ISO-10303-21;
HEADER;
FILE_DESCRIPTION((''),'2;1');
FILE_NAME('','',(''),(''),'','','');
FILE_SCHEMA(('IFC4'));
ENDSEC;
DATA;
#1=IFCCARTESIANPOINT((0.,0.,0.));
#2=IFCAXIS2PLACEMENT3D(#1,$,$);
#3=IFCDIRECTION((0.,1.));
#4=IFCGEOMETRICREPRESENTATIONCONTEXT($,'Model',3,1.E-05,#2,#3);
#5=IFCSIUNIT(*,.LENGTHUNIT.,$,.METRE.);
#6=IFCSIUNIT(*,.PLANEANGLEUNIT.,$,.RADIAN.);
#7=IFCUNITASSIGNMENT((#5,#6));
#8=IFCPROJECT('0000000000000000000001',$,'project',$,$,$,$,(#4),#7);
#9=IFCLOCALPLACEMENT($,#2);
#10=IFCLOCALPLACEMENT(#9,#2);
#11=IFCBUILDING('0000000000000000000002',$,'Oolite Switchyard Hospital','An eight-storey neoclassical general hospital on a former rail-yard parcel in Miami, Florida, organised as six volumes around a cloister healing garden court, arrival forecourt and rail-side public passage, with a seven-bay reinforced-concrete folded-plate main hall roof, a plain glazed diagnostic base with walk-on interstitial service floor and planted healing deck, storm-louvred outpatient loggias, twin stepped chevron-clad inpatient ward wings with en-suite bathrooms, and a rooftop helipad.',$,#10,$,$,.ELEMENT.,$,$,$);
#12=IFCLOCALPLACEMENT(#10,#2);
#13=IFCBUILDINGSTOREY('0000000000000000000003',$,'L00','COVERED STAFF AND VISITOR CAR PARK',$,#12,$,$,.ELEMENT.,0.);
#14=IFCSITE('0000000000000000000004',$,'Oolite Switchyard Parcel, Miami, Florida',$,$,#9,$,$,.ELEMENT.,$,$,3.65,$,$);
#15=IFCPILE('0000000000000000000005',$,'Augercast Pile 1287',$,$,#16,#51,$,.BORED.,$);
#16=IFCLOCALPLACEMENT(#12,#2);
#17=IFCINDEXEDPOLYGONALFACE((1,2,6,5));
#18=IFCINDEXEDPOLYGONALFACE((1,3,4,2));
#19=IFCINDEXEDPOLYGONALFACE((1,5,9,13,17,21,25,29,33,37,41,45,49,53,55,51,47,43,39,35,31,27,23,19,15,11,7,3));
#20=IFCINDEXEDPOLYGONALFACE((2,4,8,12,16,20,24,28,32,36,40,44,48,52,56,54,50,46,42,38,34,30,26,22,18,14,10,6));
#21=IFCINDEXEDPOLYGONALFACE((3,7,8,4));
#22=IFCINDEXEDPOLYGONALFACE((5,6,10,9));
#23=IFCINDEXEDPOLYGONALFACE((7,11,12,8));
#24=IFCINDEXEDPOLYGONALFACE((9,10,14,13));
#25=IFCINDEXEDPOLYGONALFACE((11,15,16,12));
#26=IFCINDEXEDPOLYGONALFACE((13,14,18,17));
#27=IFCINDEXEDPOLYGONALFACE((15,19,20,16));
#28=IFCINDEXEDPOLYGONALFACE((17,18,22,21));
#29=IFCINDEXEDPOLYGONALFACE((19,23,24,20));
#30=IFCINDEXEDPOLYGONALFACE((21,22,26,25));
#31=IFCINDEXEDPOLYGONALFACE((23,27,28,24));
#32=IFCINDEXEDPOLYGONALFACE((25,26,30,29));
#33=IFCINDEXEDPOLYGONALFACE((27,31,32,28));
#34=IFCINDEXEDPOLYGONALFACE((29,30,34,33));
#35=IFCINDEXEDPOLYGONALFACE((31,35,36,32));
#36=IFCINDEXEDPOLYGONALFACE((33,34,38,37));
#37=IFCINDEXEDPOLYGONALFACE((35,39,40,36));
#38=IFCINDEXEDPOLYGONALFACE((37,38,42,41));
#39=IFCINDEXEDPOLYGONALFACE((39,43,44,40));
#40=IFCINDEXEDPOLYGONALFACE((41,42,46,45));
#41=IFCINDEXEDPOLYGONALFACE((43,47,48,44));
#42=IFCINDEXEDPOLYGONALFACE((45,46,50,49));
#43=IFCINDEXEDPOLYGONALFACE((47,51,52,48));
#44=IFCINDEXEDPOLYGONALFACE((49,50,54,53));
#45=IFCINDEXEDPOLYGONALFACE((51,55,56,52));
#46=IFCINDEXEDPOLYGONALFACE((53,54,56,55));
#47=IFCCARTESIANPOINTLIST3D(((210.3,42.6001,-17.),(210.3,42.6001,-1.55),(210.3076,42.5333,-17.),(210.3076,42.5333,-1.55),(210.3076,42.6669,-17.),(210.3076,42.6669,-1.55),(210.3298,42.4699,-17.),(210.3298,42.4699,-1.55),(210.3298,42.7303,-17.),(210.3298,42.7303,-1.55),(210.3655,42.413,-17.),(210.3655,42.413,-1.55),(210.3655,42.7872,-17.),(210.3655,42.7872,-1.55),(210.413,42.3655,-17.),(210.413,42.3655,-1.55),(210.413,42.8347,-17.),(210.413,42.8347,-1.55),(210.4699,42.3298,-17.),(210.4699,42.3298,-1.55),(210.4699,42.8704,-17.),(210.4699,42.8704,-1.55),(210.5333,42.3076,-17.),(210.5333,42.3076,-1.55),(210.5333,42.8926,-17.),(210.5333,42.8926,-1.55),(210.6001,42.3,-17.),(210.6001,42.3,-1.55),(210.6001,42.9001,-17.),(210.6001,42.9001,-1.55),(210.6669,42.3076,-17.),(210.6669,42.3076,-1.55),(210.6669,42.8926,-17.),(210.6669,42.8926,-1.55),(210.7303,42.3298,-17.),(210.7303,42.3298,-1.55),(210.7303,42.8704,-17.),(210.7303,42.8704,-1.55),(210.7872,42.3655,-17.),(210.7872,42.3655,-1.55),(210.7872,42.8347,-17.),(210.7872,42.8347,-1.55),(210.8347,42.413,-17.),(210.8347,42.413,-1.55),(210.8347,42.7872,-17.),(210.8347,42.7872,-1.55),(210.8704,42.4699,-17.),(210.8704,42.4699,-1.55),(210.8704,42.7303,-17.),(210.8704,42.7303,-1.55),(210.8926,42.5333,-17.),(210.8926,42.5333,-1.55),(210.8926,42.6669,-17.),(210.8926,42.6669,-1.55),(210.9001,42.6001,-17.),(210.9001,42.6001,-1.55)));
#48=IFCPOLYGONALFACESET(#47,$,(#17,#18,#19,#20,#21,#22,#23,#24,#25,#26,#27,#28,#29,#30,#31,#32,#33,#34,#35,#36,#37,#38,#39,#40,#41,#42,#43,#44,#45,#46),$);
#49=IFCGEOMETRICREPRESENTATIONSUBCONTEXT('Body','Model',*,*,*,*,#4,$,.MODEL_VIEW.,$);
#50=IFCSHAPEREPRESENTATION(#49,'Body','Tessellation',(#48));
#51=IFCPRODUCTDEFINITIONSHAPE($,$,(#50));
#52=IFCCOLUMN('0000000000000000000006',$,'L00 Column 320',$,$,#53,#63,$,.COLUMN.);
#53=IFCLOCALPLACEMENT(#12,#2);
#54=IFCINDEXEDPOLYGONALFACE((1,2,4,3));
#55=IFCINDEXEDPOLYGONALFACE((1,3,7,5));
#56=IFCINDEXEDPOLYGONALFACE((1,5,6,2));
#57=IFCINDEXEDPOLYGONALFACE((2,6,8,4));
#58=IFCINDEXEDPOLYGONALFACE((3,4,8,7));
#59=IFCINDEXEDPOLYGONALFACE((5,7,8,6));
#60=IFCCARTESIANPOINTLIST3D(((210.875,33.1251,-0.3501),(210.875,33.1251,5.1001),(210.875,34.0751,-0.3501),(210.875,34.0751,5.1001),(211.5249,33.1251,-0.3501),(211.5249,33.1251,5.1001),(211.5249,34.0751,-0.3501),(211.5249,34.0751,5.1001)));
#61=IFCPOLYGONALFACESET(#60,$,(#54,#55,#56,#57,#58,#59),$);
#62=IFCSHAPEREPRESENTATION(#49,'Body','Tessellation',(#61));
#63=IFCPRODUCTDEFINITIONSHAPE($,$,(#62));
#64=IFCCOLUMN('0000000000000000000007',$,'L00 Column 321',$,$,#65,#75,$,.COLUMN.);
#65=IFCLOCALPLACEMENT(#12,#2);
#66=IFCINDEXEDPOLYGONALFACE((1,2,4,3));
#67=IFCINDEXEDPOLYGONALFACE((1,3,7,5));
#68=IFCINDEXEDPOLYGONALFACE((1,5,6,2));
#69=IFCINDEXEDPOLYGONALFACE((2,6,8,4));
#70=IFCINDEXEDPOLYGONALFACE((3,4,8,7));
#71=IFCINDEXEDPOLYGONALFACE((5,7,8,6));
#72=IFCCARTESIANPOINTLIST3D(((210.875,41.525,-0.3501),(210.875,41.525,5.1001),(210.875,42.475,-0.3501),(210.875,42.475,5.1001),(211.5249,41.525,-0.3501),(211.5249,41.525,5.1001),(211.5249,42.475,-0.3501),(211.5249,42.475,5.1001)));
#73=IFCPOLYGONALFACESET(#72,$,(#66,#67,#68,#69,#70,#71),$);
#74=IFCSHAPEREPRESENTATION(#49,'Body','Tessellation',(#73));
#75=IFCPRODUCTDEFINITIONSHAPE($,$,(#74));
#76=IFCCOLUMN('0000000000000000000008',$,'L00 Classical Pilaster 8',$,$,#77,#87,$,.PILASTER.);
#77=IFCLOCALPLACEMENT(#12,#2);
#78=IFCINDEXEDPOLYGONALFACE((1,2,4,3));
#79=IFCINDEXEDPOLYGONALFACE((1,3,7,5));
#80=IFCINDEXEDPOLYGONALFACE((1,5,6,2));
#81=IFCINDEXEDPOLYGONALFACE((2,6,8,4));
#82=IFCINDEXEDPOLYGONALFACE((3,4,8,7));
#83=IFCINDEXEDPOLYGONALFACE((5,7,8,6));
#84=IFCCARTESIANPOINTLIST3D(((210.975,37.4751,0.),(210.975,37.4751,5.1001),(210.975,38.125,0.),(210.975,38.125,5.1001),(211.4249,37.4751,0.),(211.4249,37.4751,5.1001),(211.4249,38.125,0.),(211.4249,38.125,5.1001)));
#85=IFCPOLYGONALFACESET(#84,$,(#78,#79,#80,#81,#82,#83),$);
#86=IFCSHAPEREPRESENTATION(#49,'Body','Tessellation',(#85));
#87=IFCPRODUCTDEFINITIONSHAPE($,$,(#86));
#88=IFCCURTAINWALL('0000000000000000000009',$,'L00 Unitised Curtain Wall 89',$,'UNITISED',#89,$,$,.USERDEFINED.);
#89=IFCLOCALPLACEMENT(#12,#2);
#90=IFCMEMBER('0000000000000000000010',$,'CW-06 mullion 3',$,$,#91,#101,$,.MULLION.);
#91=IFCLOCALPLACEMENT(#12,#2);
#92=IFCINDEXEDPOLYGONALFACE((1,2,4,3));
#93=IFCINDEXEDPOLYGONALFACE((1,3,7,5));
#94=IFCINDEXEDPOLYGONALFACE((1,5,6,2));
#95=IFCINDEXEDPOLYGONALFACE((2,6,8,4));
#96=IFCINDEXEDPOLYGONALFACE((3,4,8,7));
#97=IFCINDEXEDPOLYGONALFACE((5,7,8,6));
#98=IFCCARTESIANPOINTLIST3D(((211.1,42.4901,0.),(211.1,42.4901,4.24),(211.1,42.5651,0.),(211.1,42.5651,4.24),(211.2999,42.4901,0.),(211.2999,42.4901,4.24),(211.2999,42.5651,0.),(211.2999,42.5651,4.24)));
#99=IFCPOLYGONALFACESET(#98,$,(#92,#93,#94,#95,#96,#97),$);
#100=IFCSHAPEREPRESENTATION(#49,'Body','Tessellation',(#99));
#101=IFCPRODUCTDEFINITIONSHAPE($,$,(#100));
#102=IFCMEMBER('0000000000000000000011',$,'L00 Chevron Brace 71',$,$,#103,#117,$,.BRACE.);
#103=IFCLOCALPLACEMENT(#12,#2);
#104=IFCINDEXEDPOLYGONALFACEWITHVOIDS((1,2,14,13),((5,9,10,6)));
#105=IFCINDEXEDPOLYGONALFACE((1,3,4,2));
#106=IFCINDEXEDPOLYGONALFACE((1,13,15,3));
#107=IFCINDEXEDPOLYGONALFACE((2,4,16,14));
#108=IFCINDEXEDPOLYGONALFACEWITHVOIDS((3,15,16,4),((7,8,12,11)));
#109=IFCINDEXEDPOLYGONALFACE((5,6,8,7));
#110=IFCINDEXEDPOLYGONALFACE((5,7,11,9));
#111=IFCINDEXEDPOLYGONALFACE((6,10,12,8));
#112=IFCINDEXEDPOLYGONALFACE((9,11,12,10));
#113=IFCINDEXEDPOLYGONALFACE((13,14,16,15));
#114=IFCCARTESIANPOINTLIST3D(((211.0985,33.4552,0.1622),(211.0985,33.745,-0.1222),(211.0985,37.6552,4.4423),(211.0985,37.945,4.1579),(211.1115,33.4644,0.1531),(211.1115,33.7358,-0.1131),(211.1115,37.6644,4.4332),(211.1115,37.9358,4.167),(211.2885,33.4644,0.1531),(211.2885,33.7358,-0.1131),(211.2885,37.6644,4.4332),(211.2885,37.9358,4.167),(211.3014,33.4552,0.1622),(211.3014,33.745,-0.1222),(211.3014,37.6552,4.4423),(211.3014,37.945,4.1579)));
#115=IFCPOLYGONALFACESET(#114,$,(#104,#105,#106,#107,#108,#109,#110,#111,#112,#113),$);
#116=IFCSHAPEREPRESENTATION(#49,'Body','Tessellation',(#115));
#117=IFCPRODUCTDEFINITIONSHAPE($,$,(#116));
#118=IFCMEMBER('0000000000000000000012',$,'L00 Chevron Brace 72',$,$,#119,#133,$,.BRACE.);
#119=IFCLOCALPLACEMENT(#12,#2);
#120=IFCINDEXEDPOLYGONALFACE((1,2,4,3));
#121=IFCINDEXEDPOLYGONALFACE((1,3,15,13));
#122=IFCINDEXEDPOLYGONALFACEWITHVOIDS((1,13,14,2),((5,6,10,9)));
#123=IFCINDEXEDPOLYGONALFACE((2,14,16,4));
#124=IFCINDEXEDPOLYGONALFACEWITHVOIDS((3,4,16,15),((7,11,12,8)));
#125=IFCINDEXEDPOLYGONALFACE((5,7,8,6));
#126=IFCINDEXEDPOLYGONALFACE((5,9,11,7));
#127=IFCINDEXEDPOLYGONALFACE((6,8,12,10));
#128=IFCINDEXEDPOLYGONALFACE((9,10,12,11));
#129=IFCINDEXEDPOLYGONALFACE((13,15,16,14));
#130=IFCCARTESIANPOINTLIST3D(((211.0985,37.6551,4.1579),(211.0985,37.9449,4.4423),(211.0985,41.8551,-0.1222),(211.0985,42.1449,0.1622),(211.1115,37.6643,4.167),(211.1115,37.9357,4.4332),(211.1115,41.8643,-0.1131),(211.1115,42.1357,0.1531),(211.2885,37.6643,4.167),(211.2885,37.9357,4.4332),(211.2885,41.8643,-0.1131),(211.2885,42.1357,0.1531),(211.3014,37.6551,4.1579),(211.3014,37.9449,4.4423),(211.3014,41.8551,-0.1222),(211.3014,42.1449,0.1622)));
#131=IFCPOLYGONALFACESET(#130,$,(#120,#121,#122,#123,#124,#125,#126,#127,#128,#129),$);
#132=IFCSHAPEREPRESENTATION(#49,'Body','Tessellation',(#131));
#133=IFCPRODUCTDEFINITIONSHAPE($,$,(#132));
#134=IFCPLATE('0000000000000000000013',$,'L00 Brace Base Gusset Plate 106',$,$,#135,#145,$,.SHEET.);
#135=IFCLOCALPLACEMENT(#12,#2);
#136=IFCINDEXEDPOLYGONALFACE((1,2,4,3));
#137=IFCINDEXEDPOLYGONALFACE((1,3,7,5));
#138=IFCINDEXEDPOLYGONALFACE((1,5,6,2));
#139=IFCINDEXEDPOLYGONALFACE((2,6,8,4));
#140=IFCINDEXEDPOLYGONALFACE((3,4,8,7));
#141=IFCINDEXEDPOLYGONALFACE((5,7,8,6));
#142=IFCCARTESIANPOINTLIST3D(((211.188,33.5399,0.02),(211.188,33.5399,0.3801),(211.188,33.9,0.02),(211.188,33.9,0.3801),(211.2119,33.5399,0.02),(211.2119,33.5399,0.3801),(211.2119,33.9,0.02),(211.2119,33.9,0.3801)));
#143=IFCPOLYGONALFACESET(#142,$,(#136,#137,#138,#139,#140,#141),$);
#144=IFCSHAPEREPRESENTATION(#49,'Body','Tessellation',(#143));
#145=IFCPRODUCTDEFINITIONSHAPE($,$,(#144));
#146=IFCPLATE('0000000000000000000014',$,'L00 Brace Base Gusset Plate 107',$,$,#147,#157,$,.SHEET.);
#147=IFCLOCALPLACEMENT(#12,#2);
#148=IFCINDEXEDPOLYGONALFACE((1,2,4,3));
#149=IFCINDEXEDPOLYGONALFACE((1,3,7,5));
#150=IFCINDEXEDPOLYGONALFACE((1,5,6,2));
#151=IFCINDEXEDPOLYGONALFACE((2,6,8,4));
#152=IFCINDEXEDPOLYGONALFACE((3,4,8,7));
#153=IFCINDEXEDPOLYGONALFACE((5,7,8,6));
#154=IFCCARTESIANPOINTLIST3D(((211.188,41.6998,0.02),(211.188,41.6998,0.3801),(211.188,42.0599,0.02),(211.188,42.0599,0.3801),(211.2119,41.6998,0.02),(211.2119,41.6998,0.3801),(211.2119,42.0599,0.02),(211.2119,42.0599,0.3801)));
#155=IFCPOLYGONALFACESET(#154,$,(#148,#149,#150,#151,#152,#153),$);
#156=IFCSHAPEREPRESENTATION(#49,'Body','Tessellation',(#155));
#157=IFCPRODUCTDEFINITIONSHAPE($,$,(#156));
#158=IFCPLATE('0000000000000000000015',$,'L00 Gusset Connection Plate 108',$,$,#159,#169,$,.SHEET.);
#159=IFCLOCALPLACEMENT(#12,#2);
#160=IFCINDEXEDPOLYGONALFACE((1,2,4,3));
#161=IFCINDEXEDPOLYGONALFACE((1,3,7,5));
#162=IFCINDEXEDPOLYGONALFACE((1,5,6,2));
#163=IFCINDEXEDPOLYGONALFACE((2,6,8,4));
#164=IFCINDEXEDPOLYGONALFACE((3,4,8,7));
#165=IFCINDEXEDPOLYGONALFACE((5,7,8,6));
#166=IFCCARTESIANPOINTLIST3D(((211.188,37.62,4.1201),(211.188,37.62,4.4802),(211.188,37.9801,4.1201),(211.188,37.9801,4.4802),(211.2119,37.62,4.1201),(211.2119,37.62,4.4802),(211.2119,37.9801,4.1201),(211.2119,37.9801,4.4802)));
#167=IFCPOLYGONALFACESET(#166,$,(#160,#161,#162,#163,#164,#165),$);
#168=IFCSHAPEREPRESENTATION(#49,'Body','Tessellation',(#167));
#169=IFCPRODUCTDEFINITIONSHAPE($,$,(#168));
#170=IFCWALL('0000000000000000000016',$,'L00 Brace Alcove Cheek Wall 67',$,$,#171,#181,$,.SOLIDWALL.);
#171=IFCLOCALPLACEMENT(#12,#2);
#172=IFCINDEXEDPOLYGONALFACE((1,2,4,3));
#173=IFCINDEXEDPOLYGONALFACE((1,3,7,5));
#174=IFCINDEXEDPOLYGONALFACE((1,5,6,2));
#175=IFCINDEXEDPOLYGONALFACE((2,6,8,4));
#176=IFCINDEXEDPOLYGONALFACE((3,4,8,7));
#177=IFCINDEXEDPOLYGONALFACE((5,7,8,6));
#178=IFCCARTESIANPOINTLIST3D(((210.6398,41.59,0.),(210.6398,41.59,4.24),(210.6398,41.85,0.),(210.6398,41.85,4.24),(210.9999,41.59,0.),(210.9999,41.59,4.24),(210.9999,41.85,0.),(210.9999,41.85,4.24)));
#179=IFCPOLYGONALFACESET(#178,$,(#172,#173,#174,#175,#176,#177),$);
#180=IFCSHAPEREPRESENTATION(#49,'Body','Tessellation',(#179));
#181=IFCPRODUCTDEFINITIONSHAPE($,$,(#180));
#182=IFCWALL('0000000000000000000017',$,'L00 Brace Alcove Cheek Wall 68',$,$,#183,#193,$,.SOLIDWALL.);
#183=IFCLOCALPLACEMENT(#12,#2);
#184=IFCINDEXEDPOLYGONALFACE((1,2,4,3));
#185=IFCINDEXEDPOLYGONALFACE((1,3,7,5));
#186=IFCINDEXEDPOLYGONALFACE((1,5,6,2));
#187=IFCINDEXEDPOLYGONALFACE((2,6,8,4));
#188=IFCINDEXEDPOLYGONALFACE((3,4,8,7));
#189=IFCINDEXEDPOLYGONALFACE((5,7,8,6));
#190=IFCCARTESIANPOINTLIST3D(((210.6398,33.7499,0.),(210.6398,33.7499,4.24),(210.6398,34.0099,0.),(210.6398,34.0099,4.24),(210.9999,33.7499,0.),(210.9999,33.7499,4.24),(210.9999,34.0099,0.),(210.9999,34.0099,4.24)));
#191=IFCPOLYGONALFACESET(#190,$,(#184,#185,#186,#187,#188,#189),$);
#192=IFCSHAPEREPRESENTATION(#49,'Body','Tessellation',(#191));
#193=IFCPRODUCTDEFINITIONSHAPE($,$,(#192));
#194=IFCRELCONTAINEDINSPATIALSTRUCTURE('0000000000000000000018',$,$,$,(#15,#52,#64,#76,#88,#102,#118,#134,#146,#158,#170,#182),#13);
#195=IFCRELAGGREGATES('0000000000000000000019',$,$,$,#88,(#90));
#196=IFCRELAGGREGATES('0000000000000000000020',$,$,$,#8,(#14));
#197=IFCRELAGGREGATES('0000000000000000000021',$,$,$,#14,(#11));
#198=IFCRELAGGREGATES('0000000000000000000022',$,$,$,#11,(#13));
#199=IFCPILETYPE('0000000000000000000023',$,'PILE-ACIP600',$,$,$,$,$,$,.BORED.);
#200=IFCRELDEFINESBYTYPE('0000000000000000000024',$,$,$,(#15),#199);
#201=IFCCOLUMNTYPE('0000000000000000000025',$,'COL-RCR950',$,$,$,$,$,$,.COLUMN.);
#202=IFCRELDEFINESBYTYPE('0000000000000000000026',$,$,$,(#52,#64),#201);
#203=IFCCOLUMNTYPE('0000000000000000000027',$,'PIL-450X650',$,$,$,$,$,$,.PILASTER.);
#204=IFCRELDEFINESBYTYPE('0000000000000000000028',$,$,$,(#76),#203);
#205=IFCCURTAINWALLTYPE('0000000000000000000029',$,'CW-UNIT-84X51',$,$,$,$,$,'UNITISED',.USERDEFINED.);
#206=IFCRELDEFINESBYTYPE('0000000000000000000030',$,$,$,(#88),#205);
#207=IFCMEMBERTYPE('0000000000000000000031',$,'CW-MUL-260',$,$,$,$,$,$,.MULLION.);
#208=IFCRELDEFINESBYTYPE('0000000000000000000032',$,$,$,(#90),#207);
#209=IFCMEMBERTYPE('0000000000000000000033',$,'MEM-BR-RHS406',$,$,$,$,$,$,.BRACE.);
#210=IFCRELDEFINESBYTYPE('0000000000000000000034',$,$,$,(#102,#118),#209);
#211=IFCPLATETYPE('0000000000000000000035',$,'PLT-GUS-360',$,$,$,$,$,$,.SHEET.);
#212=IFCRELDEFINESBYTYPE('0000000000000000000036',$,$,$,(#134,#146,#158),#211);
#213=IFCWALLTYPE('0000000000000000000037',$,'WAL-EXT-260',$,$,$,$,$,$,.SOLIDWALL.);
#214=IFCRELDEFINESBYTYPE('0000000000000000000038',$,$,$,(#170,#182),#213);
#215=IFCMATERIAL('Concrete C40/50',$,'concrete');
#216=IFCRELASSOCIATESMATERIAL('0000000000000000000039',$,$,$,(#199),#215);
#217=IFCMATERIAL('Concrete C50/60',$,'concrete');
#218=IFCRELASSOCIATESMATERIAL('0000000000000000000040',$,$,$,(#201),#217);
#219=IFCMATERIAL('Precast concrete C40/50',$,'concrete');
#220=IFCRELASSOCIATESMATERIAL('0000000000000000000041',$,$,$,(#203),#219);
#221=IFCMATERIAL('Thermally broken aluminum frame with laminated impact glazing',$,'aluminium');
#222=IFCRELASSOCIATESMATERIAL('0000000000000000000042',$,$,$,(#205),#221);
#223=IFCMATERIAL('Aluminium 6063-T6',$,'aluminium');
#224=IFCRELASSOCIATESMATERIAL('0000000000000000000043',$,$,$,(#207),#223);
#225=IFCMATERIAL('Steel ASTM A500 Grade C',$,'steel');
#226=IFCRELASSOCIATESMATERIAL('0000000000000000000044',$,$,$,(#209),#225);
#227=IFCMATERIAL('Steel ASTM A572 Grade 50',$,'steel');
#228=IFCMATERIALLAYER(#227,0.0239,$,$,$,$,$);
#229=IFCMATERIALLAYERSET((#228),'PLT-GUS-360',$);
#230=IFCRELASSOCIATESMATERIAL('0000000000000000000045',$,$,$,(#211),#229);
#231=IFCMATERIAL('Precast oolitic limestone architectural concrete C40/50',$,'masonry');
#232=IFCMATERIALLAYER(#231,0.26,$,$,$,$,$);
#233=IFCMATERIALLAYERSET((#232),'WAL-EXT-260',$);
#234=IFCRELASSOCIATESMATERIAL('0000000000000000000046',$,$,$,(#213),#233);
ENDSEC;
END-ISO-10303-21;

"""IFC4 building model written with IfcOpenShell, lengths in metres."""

from ifc_helpers import new_model, si_unit, direction, frame, frame_2d, origin, origin_2d, place, context, subcontext, project, spatial, rectangle, hollow_rectangle, circle, extrude, material, layer, layer_set, material_profile, profile_set, type_object, element, aggregate, save


model = new_model("IFC4")

# Units and contexts
model_context = context("Model", 3, precision=1e-05, world=origin(), true_north=direction((0.0, 1.0)))
body_context = subcontext(model_context, "Body", "Model", "MODEL_VIEW")
ifc_project = project(units=[si_unit("LENGTHUNIT", "METRE"), si_unit("PLANEANGLEUNIT", "RADIAN")], contexts=[model_context])

# Site, building, storey
site_placement = place(None, origin())
site = spatial("IfcSite", under=ifc_project, at=site_placement, Name="Oolite Switchyard Parcel, Miami, Florida", CompositionType="ELEMENT", RefElevation=3.65)
building_placement = place(site_placement, origin())
building = spatial("IfcBuilding", under=site, at=building_placement, Name="Oolite Switchyard Hospital", Description="An eight-storey neoclassical general hospital on a former rail-yard parcel in Miami, Florida, organised as six volumes around a cloister healing garden court, arrival forecourt and rail-side public passage, with a seven-bay reinforced-concrete folded-plate main hall roof, a plain glazed diagnostic base with walk-on interstitial service floor and planted healing deck, storm-louvred outpatient loggias, twin stepped chevron-clad inpatient ward wings with en-suite bathrooms, and a rooftop helipad.", CompositionType="ELEMENT")
storey_placement = place(building_placement, origin())
storey = spatial("IfcBuildingStorey", under=building, at=storey_placement, Name="L00", Description="COVERED STAFF AND VISITOR CAR PARK", CompositionType="ELEMENT", Elevation=0.0)

# Shared definitions
ifc_material_1 = material(Name="Concrete C40/50", Category="concrete")

# Pile
ifc_material_profile_1 = material_profile(ifc_material_1, circle(Radius=0.3, at=origin_2d()), Name="PILE600")
ifc_profile_set_1 = profile_set([ifc_material_profile_1], Name="Concrete C40/50")
pile_type = type_object("IfcPileType", Name="PILE-ACIP600", PredefinedType="BORED", material=ifc_profile_set_1)
for number, where, z_axis, x_axis, name in (
    (1, (210.6001, 42.6001, -1.55), (0.0, 0.0, -1.0), (1.0, 0.0, 0.0), "Augercast Pile 1287"),
):
    element("IfcPile", number, at=place(storey_placement, frame(where, z_axis=z_axis, x_axis=x_axis)), inside=storey, type_object=pile_type, Name=name, PredefinedType="BORED", context=body_context, shape_type="SweptSolid", body=[
        extrude(circle(Radius=0.3, at=origin_2d()), origin(), (0.0, 0.0, 1.0), 15.45),
    ])

# Columns
ifc_material_2 = material(Name="Concrete C50/60", Category="concrete")
ifc_material_profile_2 = material_profile(ifc_material_2, rectangle(XDim=0.95, YDim=0.6499, at=origin_2d()), Name="RC950X650")
ifc_profile_set_2 = profile_set([ifc_material_profile_2], Name="Concrete C50/60")
column_type_1 = type_object("IfcColumnType", Name="COL-RCR950", PredefinedType="COLUMN", material=ifc_profile_set_2)
for number, where, z_axis, x_axis, name in (
    (2, (211.2, 33.6001, -0.3501), (0.0, 0.0, 1.0), (0.0, 1.0, 0.0), "L00 Column 320"),
    (3, (211.2, 42.0, -0.3501), (0.0, 0.0, 1.0), (0.0, 1.0, 0.0), "L00 Column 321"),
):
    element("IfcColumn", number, at=place(storey_placement, frame(where, z_axis=z_axis, x_axis=x_axis)), inside=storey, type_object=column_type_1, Name=name, PredefinedType="COLUMN", context=body_context, shape_type="SweptSolid", body=[
        extrude(rectangle(XDim=0.95, YDim=0.6499, at=origin_2d()), origin(), (0.0, 0.0, 1.0), 5.4502),
    ])
ifc_material_3 = material(Name="Precast concrete C40/50", Category="concrete")
ifc_material_profile_3 = material_profile(ifc_material_3, rectangle(XDim=0.45, YDim=0.6499, at=origin_2d()), Name="PIL450X650")
ifc_profile_set_3 = profile_set([ifc_material_profile_3], Name="Precast concrete C40/50")
column_type_2 = type_object("IfcColumnType", Name="PIL-450X650", PredefinedType="PILASTER", material=ifc_profile_set_3)
column_placement = place(storey_placement, frame((211.2, 37.8, 0.0), z_axis=(0.0, 0.0, 1.0), x_axis=(1.0, 0.0, 0.0)))
element("IfcColumn", 4, at=column_placement, inside=storey, type_object=column_type_2, Name="L00 Classical Pilaster 8", PredefinedType="PILASTER", context=body_context, shape_type="SweptSolid", body=[
    extrude(rectangle(XDim=0.45, YDim=0.6499, at=origin_2d()), origin(), (0.0, 0.0, 1.0), 5.1001),
])

# Curtain wall, member
ifc_material_4 = material(Name="Thermally broken aluminum frame with laminated impact glazing", Category="aluminium")
curtain_wall_type = type_object("IfcCurtainWallType", Name="CW-UNIT-84X51", ElementType="UNITISED", PredefinedType="USERDEFINED", material=ifc_material_4)
curtain_wall_placement = place(storey_placement, origin())
curtain_wall = element("IfcCurtainWall", 5, at=curtain_wall_placement, inside=storey, type_object=curtain_wall_type, Name="L00 Unitised Curtain Wall 89", ObjectType="UNITISED", PredefinedType="USERDEFINED")
ifc_material_5 = material(Name="Aluminium 6063-T6", Category="aluminium")
ifc_material_profile_4 = material_profile(ifc_material_5, rectangle(XDim=0.2, YDim=0.075, at=origin_2d()), Name="CWM75X200")
ifc_profile_set_4 = profile_set([ifc_material_profile_4], Name="Aluminium 6063-T6")
member_type_1 = type_object("IfcMemberType", Name="CW-MUL-260", PredefinedType="MULLION", material=ifc_profile_set_4)
member_placement = place(storey_placement, frame((211.2, 42.5276, 0.0), z_axis=(0.0, 0.0, 1.0), x_axis=(1.0, 0.0, 0.0)))
member = element("IfcMember", 6, at=member_placement, type_object=member_type_1, Name="CW-06 mullion 3", PredefinedType="MULLION", context=body_context, shape_type="SweptSolid", body=[
    extrude(rectangle(XDim=0.2, YDim=0.075, at=origin_2d()), origin(), (0.0, 0.0, 1.0), 4.24),
])
aggregate(curtain_wall, [member])

# Members
ifc_material_6 = material(Name="Steel ASTM A500 Grade C", Category="steel")
ifc_material_profile_5 = material_profile(ifc_material_6, hollow_rectangle(XDim=0.2029, YDim=0.406, WallThickness=0.0129, at=origin_2d()), Name="HSS406X203X13")
ifc_profile_set_5 = profile_set([ifc_material_profile_5], Name="Steel ASTM A500 Grade C")
member_type_2 = type_object("IfcMemberType", Name="MEM-BR-RHS406", PredefinedType="BRACE", material=ifc_profile_set_5)
for number, where, z_axis, x_axis, name in (
    (7, (211.2, 33.6001, 0.02), (0.0, 0.700398, 0.713752), (-1.0, 0.0, 0.0), "L00 Chevron Brace 71"),
    (8, (211.2, 42.0, 0.02), (0.0, -0.700398, 0.713752), (1.0, 0.0, 0.0), "L00 Chevron Brace 72"),
):
    element("IfcMember", number, at=place(storey_placement, frame(where, z_axis=z_axis, x_axis=x_axis)), inside=storey, type_object=member_type_2, Name=name, PredefinedType="BRACE", context=body_context, shape_type="SweptSolid", body=[
        extrude(hollow_rectangle(XDim=0.2029, YDim=0.406, WallThickness=0.0129, at=origin_2d()), origin(), (0.0, 0.0, 1.0), 5.9966),
    ])

# Plates
ifc_material_7 = material(Name="Steel ASTM A572 Grade 50", Category="steel")
ifc_layer_1 = layer(ifc_material_7, 0.0239)
ifc_layer_set_1 = layer_set([ifc_layer_1], Name="PLT-GUS-360")
plate_type = type_object("IfcPlateType", Name="PLT-GUS-360", PredefinedType="SHEET", material=ifc_layer_set_1)
for number, where, z_axis, x_axis, name in (
    (9, (211.2, 33.72, 0.02), (0.0, 0.0, 1.0), (0.0, 1.0, 0.0), "L00 Brace Base Gusset Plate 106"),
    (10, (211.2, 41.8799, 0.02), (0.0, 0.0, 1.0), (0.0, 1.0, 0.0), "L00 Brace Base Gusset Plate 107"),
    (11, (211.2, 37.8, 4.1201), (0.0, 0.0, 1.0), (0.0, 1.0, 0.0), "L00 Gusset Connection Plate 108"),
):
    element("IfcPlate", number, at=place(storey_placement, frame(where, z_axis=z_axis, x_axis=x_axis)), inside=storey, type_object=plate_type, Name=name, PredefinedType="SHEET", context=body_context, shape_type="SweptSolid", body=[
        extrude(rectangle(XDim=0.3601, YDim=0.0239, at=origin_2d()), origin(), (0.0, 0.0, 1.0), 0.3601),
    ])

# Walls
ifc_material_8 = material(Name="Precast oolitic limestone architectural concrete C40/50", Category="masonry")
ifc_layer_2 = layer(ifc_material_8, 0.26)
ifc_layer_set_2 = layer_set([ifc_layer_2], Name="WAL-EXT-260")
wall_type_1 = type_object("IfcWallType", Name="WAL-EXT-260", PredefinedType="SOLIDWALL", material=ifc_layer_set_2)
for number, where, z_axis, x_axis, name in (
    (12, (211.0, 41.72, 0.0), (0.0, 0.0, 1.0), (-1.0, 0.0, 0.0), "L00 Brace Alcove Cheek Wall 67"),
    (13, (211.0, 33.8799, 0.0), (0.0, 0.0, 1.0), (-1.0, 0.0, 0.0), "L00 Brace Alcove Cheek Wall 68"),
):
    element("IfcWall", number, at=place(storey_placement, frame(where, z_axis=z_axis, x_axis=x_axis)), inside=storey, type_object=wall_type_1, Name=name, PredefinedType="SOLIDWALL", context=body_context, shape_type="SweptSolid", body=[
        extrude(rectangle(XDim=0.3601, YDim=0.26, at=frame_2d((0.1802, 0.0))), origin(), (0.0, 0.0, 1.0), 4.24),
    ])

save(model, "model.ifc")
